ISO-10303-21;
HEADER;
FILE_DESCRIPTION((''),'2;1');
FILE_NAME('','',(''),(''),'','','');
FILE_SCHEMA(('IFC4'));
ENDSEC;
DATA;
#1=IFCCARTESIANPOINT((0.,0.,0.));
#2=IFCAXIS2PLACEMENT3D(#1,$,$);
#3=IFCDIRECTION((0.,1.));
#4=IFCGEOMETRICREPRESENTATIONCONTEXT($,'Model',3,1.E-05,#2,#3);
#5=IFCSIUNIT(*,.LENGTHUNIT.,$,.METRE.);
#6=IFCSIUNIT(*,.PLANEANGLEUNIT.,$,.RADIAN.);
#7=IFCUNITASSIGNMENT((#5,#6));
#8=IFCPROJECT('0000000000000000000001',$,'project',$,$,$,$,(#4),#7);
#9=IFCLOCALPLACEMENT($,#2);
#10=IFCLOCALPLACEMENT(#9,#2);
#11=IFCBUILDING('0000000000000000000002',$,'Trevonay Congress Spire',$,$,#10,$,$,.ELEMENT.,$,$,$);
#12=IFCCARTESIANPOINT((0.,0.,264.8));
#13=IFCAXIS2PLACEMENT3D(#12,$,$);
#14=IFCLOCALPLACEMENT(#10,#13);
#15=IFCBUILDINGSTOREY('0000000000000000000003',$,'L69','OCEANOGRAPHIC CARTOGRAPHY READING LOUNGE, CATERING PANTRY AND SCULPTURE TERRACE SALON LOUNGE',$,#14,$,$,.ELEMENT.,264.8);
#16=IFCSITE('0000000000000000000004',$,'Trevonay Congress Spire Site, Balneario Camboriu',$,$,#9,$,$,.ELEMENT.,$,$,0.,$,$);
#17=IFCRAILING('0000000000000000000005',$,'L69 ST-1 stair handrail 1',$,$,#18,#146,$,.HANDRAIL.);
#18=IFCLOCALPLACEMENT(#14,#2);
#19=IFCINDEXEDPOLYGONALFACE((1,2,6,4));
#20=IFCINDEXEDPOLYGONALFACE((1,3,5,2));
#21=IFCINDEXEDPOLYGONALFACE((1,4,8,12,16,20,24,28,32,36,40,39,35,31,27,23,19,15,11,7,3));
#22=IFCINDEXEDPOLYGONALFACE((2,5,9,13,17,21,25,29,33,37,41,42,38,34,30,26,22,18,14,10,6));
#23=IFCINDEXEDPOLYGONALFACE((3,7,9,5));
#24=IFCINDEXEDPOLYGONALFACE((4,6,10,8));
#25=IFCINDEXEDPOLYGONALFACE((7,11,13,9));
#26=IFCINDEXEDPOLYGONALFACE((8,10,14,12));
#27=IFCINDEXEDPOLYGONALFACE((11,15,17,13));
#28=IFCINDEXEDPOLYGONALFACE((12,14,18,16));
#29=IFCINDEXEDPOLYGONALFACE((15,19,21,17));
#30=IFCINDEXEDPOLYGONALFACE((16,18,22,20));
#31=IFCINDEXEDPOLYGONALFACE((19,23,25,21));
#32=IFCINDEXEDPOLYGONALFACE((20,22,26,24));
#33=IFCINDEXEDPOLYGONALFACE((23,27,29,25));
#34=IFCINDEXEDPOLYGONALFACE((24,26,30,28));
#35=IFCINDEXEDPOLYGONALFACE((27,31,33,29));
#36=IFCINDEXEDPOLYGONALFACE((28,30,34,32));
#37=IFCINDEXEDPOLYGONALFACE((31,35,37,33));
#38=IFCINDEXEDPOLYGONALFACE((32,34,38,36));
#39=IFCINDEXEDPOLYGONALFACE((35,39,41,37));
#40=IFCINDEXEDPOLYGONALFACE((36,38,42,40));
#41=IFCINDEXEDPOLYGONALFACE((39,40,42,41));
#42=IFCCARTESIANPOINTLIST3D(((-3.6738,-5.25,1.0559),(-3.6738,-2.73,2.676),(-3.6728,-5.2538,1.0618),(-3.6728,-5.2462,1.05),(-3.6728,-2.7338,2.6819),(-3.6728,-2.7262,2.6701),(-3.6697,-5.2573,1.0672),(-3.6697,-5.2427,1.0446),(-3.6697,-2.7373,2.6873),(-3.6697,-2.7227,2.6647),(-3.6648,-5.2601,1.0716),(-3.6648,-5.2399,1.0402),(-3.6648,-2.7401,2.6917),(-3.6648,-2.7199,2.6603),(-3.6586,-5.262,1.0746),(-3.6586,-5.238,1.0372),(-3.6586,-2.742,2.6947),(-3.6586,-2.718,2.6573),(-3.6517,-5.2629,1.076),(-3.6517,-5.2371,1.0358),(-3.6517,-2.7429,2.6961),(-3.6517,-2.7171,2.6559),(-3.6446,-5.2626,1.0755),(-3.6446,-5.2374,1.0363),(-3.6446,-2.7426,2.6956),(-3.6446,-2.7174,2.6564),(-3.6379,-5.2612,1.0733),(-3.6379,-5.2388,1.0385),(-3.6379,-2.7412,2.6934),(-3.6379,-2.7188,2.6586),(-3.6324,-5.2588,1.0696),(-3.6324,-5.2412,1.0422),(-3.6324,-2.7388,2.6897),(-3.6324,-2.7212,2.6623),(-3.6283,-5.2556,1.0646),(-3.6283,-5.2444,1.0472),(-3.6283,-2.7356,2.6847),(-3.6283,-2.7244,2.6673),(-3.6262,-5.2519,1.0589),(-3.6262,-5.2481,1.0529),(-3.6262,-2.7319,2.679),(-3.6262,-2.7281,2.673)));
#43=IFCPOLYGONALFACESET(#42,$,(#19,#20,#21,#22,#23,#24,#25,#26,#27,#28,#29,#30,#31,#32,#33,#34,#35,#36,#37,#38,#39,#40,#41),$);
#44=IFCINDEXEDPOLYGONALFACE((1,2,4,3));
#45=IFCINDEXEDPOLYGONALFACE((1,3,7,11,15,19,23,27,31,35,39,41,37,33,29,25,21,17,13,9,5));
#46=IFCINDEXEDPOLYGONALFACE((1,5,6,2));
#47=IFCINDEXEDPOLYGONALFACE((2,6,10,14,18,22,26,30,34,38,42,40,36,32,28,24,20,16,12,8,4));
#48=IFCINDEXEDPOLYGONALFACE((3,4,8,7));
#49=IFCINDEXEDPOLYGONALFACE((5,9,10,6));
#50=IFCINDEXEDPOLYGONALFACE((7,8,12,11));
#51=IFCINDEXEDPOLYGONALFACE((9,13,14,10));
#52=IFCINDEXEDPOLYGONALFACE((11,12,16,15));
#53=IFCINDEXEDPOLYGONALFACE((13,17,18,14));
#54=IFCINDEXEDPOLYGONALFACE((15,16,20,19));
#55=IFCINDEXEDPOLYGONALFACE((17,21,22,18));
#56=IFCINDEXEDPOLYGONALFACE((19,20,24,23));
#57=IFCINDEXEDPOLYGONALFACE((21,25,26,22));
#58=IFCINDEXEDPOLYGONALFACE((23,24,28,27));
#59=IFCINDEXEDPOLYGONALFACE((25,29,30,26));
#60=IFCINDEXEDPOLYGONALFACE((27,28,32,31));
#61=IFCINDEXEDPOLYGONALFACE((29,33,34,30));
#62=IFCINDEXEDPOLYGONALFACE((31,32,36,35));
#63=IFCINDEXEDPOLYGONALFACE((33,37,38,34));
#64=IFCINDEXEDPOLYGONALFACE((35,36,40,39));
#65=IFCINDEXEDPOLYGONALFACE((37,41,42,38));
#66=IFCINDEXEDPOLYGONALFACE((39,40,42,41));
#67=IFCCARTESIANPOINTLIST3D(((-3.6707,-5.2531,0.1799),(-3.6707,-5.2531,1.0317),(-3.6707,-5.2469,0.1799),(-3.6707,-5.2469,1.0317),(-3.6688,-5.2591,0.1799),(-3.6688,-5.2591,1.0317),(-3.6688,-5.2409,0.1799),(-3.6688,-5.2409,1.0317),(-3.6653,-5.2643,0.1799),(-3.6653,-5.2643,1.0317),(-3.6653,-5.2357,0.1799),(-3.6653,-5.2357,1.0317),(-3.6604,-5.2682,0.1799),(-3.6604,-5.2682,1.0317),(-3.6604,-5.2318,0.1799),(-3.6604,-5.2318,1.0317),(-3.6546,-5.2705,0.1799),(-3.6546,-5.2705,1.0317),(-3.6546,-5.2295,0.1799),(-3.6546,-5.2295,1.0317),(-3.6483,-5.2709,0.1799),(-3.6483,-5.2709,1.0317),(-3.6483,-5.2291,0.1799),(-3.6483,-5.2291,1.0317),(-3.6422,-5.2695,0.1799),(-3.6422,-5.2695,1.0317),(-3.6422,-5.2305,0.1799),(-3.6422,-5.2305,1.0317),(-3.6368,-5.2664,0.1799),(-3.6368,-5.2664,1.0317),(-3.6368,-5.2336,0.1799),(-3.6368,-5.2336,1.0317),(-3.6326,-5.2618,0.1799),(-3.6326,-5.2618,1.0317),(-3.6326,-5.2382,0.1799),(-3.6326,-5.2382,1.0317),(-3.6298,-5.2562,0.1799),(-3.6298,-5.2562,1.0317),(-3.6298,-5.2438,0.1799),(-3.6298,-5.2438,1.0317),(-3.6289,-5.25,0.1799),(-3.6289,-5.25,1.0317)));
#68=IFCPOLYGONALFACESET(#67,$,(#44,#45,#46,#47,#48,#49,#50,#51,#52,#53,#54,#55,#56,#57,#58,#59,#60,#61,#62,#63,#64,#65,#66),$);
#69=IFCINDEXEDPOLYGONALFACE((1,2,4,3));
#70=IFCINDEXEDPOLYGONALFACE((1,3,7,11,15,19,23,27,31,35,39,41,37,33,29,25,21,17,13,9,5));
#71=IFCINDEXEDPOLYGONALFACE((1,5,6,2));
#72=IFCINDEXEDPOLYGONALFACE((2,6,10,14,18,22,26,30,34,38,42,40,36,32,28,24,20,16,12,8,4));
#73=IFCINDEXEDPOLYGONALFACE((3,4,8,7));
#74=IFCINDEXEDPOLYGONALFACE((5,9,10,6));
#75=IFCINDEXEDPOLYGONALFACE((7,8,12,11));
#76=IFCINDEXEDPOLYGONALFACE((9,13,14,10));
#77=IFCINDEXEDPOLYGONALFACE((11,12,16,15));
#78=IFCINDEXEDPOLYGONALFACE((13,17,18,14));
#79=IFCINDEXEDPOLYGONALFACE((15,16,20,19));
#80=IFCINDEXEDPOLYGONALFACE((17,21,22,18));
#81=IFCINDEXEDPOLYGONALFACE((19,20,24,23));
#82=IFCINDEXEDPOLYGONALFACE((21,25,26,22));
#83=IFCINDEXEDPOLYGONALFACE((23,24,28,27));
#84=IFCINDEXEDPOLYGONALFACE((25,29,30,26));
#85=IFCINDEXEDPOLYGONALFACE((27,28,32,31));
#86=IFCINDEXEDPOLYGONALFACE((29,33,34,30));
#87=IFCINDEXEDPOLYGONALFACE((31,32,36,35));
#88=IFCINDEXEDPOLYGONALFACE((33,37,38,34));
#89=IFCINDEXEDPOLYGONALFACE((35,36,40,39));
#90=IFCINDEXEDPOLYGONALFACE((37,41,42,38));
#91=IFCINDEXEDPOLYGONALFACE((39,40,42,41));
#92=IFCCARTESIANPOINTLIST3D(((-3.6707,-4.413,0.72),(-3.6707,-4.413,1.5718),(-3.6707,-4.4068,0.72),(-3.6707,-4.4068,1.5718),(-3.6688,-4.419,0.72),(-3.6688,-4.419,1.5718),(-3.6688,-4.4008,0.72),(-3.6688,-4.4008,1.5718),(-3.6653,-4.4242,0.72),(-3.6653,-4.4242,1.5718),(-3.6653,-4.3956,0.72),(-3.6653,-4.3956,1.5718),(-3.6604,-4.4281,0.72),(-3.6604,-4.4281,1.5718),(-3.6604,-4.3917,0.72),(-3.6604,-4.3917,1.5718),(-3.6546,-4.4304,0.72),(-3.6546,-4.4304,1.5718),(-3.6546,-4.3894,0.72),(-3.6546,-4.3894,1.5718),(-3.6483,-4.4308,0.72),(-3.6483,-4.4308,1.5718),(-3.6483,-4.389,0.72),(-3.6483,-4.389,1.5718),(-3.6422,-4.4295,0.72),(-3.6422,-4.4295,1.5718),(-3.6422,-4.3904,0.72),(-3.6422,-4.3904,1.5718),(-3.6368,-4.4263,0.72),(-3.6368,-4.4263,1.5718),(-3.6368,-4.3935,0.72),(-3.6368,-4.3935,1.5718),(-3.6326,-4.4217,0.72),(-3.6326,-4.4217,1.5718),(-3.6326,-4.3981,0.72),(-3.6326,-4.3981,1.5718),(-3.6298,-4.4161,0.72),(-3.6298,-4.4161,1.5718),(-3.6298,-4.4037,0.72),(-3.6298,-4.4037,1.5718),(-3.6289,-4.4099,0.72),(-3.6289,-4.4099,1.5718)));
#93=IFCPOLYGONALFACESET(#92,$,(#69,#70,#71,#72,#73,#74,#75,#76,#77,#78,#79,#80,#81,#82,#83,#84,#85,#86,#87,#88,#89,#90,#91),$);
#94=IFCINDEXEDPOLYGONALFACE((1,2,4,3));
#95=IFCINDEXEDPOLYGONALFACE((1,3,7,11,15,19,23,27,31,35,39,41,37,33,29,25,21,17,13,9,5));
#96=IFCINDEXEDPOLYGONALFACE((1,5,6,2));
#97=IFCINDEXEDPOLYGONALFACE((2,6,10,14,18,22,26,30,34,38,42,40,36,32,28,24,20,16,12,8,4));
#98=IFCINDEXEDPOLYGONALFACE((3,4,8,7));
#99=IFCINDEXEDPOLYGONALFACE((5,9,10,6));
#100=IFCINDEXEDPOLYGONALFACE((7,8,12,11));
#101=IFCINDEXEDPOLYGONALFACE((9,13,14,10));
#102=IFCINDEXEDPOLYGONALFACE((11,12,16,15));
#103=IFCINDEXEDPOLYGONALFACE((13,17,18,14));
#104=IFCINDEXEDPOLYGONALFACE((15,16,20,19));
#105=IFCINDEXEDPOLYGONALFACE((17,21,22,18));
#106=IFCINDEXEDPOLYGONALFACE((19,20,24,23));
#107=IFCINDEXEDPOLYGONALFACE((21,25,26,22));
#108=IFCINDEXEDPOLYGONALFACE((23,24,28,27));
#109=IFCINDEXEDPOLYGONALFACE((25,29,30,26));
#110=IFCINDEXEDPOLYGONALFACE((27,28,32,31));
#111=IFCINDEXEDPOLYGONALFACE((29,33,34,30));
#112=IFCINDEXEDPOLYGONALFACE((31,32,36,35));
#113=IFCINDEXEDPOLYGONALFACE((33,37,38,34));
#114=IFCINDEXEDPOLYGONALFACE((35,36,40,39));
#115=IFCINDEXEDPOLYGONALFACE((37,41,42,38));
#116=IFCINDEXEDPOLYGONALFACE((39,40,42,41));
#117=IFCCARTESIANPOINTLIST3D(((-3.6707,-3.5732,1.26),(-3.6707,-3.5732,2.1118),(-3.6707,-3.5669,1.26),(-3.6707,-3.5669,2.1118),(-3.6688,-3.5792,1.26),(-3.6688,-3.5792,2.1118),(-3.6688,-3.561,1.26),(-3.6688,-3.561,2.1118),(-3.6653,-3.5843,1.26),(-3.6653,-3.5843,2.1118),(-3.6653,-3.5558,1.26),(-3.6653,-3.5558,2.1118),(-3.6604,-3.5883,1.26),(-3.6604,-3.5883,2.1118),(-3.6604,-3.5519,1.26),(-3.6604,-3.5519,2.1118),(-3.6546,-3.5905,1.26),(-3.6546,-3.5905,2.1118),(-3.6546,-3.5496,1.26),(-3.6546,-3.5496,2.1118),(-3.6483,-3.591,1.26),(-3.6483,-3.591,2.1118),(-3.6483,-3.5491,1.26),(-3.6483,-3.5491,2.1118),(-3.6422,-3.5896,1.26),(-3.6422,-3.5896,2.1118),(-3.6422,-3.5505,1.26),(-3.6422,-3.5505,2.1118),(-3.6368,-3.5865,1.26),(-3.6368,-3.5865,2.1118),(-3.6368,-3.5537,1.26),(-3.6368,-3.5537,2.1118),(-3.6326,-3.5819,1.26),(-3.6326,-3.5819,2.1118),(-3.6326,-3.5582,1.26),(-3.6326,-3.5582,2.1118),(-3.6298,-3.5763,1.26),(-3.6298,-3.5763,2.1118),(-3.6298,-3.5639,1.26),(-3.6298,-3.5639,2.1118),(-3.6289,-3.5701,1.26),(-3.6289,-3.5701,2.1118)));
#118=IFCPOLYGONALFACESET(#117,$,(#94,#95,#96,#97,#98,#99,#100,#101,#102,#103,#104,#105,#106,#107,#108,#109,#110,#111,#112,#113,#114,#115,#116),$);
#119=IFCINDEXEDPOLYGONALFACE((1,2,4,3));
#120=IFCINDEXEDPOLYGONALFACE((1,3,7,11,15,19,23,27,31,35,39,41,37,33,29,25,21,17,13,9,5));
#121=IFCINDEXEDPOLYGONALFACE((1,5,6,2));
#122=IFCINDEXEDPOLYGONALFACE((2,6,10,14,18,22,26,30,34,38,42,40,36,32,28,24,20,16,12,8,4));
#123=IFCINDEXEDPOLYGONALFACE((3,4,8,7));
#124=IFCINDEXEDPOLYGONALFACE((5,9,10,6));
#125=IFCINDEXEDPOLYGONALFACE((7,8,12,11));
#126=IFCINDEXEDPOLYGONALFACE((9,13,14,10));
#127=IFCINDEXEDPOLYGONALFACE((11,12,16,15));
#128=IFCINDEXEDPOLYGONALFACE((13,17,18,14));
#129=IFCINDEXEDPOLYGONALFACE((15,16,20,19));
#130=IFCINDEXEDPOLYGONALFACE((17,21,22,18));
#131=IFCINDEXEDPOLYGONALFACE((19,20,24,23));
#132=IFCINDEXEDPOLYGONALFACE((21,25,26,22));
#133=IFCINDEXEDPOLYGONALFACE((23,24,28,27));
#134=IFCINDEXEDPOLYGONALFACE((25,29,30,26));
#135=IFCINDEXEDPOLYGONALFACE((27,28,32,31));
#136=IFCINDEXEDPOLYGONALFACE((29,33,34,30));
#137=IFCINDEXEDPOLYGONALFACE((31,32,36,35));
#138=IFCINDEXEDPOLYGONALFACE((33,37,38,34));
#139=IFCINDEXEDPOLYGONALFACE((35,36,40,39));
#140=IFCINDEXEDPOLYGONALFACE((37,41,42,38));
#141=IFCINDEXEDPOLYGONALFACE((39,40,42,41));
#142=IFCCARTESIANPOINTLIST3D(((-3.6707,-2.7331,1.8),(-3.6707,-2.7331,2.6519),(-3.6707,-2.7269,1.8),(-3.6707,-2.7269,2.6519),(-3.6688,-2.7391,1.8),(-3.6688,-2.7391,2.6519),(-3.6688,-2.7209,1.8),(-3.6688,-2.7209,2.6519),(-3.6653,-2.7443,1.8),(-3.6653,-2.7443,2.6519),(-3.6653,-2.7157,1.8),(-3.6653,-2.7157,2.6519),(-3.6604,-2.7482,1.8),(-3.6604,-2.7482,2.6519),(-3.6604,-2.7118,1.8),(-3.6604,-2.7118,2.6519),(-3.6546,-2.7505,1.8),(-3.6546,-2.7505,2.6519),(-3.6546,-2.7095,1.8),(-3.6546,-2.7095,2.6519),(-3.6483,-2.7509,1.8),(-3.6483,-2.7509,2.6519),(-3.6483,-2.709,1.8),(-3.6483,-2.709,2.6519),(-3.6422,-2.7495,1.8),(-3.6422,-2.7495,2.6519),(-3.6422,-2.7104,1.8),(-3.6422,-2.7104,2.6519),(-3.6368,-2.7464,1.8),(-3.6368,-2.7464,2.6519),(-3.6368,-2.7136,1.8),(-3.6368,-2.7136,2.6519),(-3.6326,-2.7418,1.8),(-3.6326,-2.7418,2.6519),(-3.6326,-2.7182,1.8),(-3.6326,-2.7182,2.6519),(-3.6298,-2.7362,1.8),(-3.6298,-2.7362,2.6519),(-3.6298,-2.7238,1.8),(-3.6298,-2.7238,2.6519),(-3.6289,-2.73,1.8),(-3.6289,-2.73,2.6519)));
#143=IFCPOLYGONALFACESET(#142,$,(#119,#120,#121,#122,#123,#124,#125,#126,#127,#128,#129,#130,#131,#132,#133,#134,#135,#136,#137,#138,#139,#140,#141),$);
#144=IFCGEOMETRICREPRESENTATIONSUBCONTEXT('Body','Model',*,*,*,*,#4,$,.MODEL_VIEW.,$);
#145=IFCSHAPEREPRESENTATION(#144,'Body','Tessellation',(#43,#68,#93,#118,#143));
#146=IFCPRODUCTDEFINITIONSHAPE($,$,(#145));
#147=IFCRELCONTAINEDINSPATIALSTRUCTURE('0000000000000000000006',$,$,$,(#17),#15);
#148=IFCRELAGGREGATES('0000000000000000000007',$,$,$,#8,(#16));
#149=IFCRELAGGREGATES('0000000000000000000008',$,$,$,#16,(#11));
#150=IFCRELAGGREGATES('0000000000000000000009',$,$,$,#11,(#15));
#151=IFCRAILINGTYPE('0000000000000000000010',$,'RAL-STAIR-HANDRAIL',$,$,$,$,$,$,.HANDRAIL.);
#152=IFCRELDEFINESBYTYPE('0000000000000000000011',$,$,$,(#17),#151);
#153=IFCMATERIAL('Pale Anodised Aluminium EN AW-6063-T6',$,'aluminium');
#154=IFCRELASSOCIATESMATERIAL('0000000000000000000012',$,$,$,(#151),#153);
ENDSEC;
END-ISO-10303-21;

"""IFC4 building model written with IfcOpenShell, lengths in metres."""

from ifc_helpers import new_model, si_unit, direction, frame, origin, origin_2d, place, context, subcontext, project, spatial, circle, extrude, material, type_object, element, save


model = new_model("IFC4")

# Units and contexts
model_context = context("Model", 3, precision=1e-05, world=origin(), true_north=direction((0.0, 1.0)))
body_context = subcontext(model_context, "Body", "Model", "MODEL_VIEW")
ifc_project = project(units=[si_unit("LENGTHUNIT", "METRE"), si_unit("PLANEANGLEUNIT", "RADIAN")], contexts=[model_context])

# Site, building, storey
site_placement = place(None, origin())
site = spatial("IfcSite", under=ifc_project, at=site_placement, Name="Trevonay Congress Spire Site, Balneario Camboriu", CompositionType="ELEMENT", RefElevation=0.0)
building_placement = place(site_placement, origin())
building = spatial("IfcBuilding", under=site, at=building_placement, Name="Trevonay Congress Spire", CompositionType="ELEMENT")
storey_placement = place(building_placement, frame((0.0, 0.0, 264.8)))
storey = spatial("IfcBuildingStorey", under=building, at=storey_placement, Name="L69", Description="OCEANOGRAPHIC CARTOGRAPHY READING LOUNGE, CATERING PANTRY AND SCULPTURE TERRACE SALON LOUNGE", CompositionType="ELEMENT", Elevation=264.8)

# Railing
ifc_material_1 = material(Name="Pale Anodised Aluminium EN AW-6063-T6", Category="aluminium")
railing_type_1 = type_object("IfcRailingType", Name="RAL-STAIR-HANDRAIL", PredefinedType="HANDRAIL", material=ifc_material_1)
railing_1_placement = place(storey_placement, frame((-3.6499, -5.25, 0.1799)))
element("IfcRailing", 1, at=railing_1_placement, inside=storey, type_object=railing_type_1, Name="L69 ST-1 stair handrail 1", PredefinedType="HANDRAIL", context=body_context, shape_type="SweptSolid", body=[
    extrude(circle(Radius=0.0239, at=origin_2d()), frame((0.0, 0.0, 0.876), z_axis=(0.0, 0.841163, 0.540782), x_axis=(-1.0, 0.0, 0.0)), (0.0, 0.0, 1.0), 2.9958),
    extrude(circle(Radius=0.021, at=origin_2d()), origin(), (0.0, 0.0, 1.0), 0.8518),
    extrude(circle(Radius=0.021, at=origin_2d()), frame((0.0, 0.8401, 0.54)), (0.0, 0.0, 1.0), 0.8518),
    extrude(circle(Radius=0.021, at=origin_2d()), frame((0.0, 1.6799, 1.0801)), (0.0, 0.0, 1.0), 0.8518),
    extrude(circle(Radius=0.021, at=origin_2d()), frame((0.0, 2.52, 1.6201)), (0.0, 0.0, 1.0), 0.8518),
])

save(model, "model.ifc")
